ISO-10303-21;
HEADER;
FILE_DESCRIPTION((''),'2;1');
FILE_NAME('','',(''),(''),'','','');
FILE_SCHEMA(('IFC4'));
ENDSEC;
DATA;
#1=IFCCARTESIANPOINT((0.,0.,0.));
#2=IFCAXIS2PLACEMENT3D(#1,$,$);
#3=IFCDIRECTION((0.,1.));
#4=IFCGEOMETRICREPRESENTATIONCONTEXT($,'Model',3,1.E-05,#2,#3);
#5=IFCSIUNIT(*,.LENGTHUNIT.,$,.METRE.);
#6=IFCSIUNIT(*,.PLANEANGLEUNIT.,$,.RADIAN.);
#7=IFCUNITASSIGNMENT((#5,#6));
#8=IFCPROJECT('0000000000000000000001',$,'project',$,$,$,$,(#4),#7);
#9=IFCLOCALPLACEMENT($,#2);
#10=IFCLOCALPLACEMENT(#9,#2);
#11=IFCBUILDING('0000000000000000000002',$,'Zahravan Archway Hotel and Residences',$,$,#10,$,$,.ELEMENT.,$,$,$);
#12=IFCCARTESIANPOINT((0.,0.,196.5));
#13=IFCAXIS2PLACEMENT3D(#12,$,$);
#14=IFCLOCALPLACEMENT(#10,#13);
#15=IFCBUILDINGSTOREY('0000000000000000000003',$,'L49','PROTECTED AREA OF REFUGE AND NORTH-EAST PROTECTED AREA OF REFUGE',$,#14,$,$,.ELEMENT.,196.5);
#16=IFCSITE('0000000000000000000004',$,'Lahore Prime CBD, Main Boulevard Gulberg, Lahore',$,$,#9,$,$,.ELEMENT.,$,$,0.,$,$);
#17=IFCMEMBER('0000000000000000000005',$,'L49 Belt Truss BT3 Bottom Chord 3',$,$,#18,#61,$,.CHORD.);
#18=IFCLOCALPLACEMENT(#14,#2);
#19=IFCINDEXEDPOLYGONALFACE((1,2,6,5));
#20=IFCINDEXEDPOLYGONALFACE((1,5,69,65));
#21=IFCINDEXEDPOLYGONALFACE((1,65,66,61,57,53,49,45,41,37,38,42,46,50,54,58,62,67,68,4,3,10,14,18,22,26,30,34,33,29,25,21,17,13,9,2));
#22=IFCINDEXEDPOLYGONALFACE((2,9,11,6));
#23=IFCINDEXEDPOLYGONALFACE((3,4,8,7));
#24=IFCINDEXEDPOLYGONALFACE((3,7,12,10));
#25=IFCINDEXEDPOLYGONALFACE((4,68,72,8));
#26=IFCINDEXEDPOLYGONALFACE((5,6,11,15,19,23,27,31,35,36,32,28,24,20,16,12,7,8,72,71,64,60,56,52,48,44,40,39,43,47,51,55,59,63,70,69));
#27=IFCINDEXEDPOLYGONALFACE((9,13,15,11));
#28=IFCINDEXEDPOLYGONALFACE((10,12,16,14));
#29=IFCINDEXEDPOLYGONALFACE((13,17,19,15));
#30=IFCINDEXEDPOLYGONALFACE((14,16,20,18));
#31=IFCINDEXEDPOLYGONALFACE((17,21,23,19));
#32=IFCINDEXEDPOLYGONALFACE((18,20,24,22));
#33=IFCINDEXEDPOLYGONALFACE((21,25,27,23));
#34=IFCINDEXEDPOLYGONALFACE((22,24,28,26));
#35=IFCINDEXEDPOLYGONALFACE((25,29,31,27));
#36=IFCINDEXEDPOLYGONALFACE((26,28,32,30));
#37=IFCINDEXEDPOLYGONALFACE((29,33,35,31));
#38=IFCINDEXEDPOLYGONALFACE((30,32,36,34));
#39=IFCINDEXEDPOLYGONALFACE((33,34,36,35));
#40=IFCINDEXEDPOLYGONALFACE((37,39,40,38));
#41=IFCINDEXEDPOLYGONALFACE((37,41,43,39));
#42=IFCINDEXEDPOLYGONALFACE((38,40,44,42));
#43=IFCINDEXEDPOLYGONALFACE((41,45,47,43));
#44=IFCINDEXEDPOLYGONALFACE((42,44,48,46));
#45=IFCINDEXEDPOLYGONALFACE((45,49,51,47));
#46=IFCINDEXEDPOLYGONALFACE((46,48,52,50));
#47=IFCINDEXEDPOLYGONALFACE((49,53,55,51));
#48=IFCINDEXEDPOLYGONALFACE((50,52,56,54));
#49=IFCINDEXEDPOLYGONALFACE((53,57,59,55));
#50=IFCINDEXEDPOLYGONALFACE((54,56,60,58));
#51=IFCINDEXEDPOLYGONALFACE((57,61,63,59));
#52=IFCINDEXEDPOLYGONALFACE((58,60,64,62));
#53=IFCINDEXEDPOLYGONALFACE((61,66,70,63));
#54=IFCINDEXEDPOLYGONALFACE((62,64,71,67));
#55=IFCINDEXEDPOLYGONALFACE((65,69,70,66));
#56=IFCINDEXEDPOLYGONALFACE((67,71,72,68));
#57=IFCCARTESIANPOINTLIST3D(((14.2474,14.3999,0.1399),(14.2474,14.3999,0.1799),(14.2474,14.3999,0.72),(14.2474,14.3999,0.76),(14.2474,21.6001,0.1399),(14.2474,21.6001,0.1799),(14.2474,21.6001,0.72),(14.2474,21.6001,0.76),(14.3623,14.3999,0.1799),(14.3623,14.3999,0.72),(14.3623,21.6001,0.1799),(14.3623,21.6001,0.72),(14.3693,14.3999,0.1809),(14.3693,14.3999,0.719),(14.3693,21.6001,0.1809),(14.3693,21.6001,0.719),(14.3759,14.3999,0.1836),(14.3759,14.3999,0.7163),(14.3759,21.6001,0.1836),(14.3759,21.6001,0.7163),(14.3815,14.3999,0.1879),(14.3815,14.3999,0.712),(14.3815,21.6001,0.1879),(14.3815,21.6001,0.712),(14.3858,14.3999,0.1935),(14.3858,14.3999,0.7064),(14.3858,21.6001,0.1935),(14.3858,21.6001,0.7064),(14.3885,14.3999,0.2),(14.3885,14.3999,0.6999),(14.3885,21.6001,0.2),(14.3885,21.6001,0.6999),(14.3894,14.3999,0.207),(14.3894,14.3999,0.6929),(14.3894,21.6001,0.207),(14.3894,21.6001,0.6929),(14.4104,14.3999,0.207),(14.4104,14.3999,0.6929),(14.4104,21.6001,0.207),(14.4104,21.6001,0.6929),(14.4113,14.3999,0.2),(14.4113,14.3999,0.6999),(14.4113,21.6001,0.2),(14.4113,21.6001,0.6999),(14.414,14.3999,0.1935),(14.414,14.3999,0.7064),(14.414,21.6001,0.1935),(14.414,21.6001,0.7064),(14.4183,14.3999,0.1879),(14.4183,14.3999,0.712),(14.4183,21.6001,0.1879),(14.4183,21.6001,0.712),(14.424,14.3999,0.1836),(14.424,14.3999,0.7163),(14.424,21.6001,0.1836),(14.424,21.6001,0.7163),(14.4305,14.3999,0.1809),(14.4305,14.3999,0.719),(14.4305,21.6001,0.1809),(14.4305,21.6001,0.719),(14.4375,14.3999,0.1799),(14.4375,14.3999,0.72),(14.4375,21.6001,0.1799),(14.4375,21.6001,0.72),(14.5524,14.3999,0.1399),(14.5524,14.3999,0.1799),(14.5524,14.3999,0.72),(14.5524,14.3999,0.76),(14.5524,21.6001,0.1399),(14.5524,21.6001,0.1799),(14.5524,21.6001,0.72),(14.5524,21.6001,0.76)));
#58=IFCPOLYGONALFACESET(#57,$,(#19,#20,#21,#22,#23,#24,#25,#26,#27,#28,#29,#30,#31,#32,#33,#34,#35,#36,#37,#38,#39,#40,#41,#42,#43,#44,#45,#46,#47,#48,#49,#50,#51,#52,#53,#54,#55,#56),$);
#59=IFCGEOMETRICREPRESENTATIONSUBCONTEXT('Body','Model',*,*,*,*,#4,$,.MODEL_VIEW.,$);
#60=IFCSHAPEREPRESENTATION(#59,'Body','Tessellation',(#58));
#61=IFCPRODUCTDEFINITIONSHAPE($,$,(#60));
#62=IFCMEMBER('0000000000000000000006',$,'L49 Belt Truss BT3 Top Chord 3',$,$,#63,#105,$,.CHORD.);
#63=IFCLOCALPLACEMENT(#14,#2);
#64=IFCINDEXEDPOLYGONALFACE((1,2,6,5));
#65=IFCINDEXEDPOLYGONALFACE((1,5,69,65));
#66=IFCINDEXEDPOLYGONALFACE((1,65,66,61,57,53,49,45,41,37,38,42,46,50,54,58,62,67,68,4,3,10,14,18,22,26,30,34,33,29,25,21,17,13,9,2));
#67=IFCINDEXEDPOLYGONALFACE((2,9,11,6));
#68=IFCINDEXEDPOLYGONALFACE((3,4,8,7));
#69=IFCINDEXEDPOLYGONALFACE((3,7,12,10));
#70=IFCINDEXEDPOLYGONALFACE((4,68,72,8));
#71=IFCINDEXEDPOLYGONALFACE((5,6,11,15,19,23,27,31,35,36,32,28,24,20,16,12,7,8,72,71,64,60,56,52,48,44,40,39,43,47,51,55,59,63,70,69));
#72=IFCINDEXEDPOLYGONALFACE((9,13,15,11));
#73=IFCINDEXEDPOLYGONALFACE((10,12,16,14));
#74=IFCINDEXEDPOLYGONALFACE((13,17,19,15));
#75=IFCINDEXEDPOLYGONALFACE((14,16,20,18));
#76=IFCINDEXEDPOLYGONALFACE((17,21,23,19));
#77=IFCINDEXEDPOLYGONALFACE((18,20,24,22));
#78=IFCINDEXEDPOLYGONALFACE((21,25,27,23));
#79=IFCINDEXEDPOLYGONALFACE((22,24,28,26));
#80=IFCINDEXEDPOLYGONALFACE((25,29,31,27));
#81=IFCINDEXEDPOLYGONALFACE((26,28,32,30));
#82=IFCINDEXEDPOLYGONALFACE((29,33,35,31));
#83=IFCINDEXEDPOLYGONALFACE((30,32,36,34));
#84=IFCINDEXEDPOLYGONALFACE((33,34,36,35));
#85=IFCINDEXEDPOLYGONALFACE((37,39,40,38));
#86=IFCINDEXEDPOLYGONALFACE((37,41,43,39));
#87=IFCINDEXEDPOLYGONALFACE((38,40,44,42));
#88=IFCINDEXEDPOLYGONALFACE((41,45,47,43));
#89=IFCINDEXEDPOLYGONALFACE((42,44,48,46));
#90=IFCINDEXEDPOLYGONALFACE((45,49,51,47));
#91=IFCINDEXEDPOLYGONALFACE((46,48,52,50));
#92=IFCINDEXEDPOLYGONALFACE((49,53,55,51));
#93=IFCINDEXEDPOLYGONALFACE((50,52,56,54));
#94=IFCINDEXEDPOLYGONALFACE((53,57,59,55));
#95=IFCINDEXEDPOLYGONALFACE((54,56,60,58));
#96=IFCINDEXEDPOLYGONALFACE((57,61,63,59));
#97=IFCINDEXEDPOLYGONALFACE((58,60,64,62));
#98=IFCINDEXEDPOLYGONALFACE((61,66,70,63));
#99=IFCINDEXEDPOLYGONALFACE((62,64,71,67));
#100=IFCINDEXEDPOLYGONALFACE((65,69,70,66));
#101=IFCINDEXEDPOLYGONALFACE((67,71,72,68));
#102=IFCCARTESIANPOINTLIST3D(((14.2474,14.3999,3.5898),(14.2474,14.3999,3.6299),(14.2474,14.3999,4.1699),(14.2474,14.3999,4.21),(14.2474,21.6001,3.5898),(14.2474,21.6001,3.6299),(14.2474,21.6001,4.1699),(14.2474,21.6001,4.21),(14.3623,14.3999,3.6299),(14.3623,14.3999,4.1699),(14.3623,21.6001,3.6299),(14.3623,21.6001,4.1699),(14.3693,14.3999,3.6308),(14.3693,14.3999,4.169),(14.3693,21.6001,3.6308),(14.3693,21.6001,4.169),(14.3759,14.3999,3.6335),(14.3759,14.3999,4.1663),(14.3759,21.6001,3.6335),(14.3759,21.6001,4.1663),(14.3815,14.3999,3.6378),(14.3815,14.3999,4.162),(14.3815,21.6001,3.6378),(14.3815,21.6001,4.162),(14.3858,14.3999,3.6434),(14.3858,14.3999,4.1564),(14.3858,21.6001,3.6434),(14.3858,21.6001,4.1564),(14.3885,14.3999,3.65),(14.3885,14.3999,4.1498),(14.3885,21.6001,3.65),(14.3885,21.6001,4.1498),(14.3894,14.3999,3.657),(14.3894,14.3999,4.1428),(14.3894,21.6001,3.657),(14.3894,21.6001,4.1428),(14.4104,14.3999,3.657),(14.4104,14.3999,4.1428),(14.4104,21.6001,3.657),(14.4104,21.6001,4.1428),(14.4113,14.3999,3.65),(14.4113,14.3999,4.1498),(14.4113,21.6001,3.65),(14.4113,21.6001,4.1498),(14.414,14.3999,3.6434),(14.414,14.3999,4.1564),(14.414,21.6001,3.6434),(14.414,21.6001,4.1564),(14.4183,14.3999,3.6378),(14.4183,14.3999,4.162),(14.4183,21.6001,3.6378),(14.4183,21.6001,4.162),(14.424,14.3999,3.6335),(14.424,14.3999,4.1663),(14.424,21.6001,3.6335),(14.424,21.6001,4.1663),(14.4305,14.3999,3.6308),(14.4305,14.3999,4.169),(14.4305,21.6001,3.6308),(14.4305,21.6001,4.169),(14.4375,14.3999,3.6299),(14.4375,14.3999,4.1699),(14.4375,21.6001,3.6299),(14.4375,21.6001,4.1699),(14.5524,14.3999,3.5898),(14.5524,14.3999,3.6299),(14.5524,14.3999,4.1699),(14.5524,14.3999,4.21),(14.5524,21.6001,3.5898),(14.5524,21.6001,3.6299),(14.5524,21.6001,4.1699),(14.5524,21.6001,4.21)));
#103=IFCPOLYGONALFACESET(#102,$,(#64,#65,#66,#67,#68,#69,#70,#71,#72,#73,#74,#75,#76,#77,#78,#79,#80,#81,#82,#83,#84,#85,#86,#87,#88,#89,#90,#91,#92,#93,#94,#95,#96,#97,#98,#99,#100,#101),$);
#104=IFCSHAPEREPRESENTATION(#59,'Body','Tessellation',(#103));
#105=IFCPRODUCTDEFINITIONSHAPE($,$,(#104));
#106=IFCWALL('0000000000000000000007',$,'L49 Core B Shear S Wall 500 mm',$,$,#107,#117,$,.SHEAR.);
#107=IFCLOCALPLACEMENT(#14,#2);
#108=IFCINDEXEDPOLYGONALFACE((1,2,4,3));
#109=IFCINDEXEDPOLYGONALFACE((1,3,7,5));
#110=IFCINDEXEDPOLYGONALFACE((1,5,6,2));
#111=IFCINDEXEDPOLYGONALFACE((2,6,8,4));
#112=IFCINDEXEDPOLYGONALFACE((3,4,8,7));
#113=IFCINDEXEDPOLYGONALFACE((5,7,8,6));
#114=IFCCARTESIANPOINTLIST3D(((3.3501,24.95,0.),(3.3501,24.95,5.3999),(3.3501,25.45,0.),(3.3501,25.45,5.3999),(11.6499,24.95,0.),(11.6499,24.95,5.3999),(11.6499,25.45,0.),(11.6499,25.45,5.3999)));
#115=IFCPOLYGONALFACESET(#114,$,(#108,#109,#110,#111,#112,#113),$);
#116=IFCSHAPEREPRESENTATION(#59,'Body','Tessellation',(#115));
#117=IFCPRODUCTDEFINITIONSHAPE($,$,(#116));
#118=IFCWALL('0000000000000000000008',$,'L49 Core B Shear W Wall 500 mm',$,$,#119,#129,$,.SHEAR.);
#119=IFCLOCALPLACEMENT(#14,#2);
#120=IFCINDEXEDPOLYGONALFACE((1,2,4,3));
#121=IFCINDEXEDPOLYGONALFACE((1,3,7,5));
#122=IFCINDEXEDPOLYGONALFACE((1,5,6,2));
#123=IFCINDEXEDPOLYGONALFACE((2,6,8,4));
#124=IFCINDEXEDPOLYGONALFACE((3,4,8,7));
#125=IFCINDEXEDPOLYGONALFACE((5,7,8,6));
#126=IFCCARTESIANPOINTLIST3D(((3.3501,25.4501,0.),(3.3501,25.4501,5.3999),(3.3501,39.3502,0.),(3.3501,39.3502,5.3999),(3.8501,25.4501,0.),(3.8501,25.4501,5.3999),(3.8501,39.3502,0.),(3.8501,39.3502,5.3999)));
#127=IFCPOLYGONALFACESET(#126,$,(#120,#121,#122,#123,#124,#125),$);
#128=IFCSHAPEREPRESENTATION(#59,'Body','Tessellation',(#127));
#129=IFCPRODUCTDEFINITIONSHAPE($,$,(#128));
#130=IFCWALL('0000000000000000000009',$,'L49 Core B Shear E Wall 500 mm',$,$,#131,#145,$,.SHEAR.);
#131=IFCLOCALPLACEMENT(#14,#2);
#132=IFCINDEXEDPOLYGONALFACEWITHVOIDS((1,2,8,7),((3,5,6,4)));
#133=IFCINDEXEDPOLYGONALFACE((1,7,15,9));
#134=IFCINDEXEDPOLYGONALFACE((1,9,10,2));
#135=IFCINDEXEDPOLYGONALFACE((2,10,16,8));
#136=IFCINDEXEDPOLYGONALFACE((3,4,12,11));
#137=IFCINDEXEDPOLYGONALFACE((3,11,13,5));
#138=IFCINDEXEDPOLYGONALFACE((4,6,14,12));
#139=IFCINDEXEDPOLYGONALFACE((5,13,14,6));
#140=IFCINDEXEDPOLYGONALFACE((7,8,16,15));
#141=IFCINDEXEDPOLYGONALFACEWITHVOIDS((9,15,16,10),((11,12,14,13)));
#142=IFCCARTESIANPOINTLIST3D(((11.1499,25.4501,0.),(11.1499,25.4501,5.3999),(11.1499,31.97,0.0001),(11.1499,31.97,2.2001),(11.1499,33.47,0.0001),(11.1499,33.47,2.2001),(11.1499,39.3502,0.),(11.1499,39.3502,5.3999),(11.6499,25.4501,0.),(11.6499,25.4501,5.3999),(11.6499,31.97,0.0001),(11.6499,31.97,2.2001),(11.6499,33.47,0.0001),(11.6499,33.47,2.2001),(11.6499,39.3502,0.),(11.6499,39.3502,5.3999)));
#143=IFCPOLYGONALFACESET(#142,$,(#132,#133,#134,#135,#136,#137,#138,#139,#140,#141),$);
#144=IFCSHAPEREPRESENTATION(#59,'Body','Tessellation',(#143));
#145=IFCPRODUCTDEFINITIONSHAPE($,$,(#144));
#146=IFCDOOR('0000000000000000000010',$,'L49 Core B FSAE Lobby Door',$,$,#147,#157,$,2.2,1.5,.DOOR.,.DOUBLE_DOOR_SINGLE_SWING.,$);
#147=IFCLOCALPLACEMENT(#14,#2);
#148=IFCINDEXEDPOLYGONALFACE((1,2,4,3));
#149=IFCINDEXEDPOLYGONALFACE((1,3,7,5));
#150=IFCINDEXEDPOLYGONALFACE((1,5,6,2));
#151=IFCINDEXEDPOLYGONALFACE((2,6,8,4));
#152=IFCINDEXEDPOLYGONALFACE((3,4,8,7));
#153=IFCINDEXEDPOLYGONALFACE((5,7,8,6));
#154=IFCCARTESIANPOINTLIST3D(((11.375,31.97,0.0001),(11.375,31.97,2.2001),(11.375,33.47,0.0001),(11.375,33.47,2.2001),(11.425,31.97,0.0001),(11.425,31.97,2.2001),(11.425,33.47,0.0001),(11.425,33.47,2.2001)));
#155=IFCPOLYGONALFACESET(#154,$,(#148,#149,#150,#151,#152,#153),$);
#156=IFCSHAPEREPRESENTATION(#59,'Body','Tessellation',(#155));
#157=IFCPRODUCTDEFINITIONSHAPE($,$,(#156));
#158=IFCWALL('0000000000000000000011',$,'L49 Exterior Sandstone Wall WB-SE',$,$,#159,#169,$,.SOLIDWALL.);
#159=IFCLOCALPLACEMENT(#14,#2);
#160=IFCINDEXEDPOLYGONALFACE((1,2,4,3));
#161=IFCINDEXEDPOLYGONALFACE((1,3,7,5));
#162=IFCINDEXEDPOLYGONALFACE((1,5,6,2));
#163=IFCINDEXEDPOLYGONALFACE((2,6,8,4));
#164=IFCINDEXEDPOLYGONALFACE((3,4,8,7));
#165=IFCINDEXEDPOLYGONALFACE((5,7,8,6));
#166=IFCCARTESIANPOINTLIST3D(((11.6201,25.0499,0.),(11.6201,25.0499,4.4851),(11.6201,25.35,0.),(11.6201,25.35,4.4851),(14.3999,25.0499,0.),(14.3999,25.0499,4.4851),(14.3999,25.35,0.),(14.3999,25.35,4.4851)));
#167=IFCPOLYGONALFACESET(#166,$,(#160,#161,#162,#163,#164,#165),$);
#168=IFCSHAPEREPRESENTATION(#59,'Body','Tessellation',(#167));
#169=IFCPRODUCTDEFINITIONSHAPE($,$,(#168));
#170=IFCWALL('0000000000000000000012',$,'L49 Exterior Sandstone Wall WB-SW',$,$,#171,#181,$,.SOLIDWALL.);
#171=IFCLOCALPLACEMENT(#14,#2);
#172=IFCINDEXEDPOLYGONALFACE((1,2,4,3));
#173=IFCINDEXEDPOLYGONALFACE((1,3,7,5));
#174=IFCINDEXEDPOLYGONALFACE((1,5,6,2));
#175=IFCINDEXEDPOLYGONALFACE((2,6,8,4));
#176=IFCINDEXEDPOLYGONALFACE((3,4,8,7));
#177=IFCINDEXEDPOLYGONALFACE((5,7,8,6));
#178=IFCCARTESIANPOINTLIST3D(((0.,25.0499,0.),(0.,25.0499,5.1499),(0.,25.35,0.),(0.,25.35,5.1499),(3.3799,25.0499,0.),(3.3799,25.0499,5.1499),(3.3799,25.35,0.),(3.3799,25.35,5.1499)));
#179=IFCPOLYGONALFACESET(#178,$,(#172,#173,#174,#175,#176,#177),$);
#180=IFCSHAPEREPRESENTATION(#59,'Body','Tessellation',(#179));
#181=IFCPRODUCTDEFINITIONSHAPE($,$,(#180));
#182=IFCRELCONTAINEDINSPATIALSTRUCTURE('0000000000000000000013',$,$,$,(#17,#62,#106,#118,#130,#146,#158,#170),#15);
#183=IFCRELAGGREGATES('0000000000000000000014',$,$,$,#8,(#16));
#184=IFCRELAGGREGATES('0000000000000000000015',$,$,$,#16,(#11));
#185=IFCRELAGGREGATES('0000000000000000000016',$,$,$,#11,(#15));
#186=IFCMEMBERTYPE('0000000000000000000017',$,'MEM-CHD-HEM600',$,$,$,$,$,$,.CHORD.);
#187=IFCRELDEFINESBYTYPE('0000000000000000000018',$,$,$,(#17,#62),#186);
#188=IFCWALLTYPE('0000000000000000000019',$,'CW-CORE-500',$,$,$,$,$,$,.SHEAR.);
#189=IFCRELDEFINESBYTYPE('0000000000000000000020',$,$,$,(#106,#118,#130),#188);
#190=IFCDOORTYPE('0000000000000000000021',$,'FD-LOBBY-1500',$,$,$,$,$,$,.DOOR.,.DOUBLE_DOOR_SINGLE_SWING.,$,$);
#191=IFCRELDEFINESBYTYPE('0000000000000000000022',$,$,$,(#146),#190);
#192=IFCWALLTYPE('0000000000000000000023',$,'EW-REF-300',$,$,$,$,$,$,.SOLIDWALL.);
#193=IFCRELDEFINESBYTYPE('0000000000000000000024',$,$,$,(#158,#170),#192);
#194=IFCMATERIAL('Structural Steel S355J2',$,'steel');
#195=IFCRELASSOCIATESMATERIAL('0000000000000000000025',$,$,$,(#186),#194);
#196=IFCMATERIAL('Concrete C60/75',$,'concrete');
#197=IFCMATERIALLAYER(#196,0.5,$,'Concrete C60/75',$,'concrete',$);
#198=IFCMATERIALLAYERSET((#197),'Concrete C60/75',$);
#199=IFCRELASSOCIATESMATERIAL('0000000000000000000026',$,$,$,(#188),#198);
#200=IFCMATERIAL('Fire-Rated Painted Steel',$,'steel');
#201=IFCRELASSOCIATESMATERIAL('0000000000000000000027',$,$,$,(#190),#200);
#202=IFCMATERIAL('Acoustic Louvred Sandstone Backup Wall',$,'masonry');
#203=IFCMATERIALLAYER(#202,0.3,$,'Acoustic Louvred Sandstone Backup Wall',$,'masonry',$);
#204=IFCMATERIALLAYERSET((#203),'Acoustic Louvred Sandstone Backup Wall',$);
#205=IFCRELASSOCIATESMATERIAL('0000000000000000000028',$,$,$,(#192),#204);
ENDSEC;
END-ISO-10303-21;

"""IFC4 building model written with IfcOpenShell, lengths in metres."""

from ifc_helpers import new_model, si_unit, direction, frame, frame_2d, origin, origin_2d, place, context, subcontext, project, spatial, rectangle, i_section, extrude, source, transform, mapped, material, layer, layer_set, material_profile, profile_set, type_object, type_shapes, element, fill, save


model = new_model("IFC4")

# Units and contexts
model_context = context("Model", 3, precision=1e-05, world=origin(), true_north=direction((0.0, 1.0)))
body_context = subcontext(model_context, "Body", "Model", "MODEL_VIEW")
ifc_project = project(units=[si_unit("LENGTHUNIT", "METRE"), si_unit("PLANEANGLEUNIT", "RADIAN")], contexts=[model_context])

# Site, building, storey
site_placement = place(None, origin())
site = spatial("IfcSite", under=ifc_project, at=site_placement, Name="Lahore Prime CBD, Main Boulevard Gulberg, Lahore", CompositionType="ELEMENT", RefElevation=0.0)
building_placement = place(site_placement, origin())
building = spatial("IfcBuilding", under=site, at=building_placement, Name="Zahravan Archway Hotel and Residences", CompositionType="ELEMENT")
storey_placement = place(building_placement, frame((0.0, 0.0, 196.5)))
storey = spatial("IfcBuildingStorey", under=building, at=storey_placement, Name="L49", Description="PROTECTED AREA OF REFUGE AND NORTH-EAST PROTECTED AREA OF REFUGE", CompositionType="ELEMENT", Elevation=196.5)

# Shared definitions
ifc_material_1 = material(Name="Concrete C60/75", Category="concrete")

# Members
ifc_material_2 = material(Name="Structural Steel S355J2", Category="steel")
ifc_material_profile_1 = material_profile(ifc_material_2, i_section(OverallWidth=0.3049, OverallDepth=0.6201, WebThickness=0.021, FlangeThickness=0.04, FilletRadius=0.0271, at=origin_2d()), Name="HEM 600", Category="steel")
ifc_profile_set_1 = profile_set([ifc_material_profile_1], Name="Structural Steel S355J2")
member_type = type_object("IfcMemberType", Name="MEM-CHD-HEM600", PredefinedType="CHORD", material=ifc_profile_set_1)
shared_shape_1 = source(origin(), body_context, "Body", "SweptSolid", [
    extrude(i_section(OverallWidth=0.3049, OverallDepth=0.6201, WebThickness=0.021, FlangeThickness=0.04, FilletRadius=0.0271, at=origin_2d()), origin(), (0.0, 0.0, 1.0), 7.2002),
])
for number, where, z_axis, x_axis, name in (
    (1, (14.3999, 14.3999, 0.45), (0.0, 1.0, 0.0), (-1.0, 0.0, 0.0), "L49 Belt Truss BT3 Bottom Chord 3"),
    (2, (14.3999, 14.3999, 3.8999), (0.0, 1.0, 0.0), (-1.0, 0.0, 0.0), "L49 Belt Truss BT3 Top Chord 3"),
):
    element("IfcMember", number, at=place(storey_placement, frame(where, z_axis=z_axis, x_axis=x_axis)), inside=storey, type_object=member_type, Name=name, PredefinedType="CHORD", context=body_context, shape_type="MappedRepresentation", body=[
        mapped(shared_shape_1, transform((0.0, 0.0, 0.0), scale=1.0)),
    ])

# Walls
ifc_layer_1 = layer(ifc_material_1, 0.5, Name="Concrete C60/75", Category="concrete")
ifc_layer_set_1 = layer_set([ifc_layer_1], Name="Concrete C60/75")
wall_type_1 = type_object("IfcWallType", Name="CW-CORE-500", PredefinedType="SHEAR", material=ifc_layer_set_1)
wall_1_placement = place(storey_placement, frame((3.3501, 25.2, 0.0), z_axis=(0.0, 0.0, 1.0), x_axis=(1.0, 0.0, 0.0)))
element("IfcWall", 3, at=wall_1_placement, inside=storey, type_object=wall_type_1, Name="L49 Core B Shear S Wall 500 mm", PredefinedType="SHEAR", context=body_context, shape_type="SweptSolid", body=[
    extrude(rectangle(XDim=8.2998, YDim=0.5, at=frame_2d((4.1499, 0.0))), origin(), (0.0, 0.0, 1.0), 5.3999),
])
wall_2_placement = place(storey_placement, frame((3.6001, 25.45, 0.0), z_axis=(0.0, 0.0, 1.0), x_axis=(0.0, 1.0, 0.0)))
element("IfcWall", 4, at=wall_2_placement, inside=storey, type_object=wall_type_1, Name="L49 Core B Shear W Wall 500 mm", PredefinedType="SHEAR", context=body_context, shape_type="SweptSolid", body=[
    extrude(rectangle(XDim=13.9001, YDim=0.5, at=frame_2d((6.9502, 0.0))), origin(), (0.0, 0.0, 1.0), 5.3999),
])

# Wall, opening, door
wall_3_placement = place(storey_placement, frame((11.3999, 25.45, 0.0), z_axis=(0.0, 0.0, 1.0), x_axis=(0.0, 1.0, 0.0)))
wall_3 = element("IfcWall", 5, at=wall_3_placement, inside=storey, type_object=wall_type_1, Name="L49 Core B Shear E Wall 500 mm", PredefinedType="SHEAR", context=body_context, shape_type="SweptSolid", body=[
    extrude(rectangle(XDim=13.9001, YDim=0.5, at=frame_2d((6.9502, 0.0))), origin(), (0.0, 0.0, 1.0), 5.3999),
])
opening_placement = place(wall_3_placement, frame((6.52, 0.0, 0.0)))
opening = element("IfcOpeningElement", 6, at=opening_placement, cuts=wall_3, PredefinedType="OPENING", context=body_context, shape_type="SweptSolid", body=[
    extrude(rectangle(XDim=1.5, YDim=2.2, at=frame_2d((0.75, 1.1001))), frame((0.0, 0.26, 0.0), z_axis=(0.0, -1.0, 0.0), x_axis=(1.0, 0.0, 0.0)), (0.0, 0.0, 1.0), 0.52),
])
ifc_material_3 = material(Name="Fire-Rated Painted Steel", Category="steel")
door_type = type_object("IfcDoorType", Name="FD-LOBBY-1500", OperationType="DOUBLE_DOOR_SINGLE_SWING", PredefinedType="DOOR", material=ifc_material_3)
shared_shape_2 = source(origin(), body_context, "Body", "SweptSolid", [
    extrude(rectangle(XDim=1.5, YDim=2.2, at=frame_2d((0.75, 1.1001))), frame((0.0, 0.0249, 0.0), z_axis=(0.0, -1.0, 0.0), x_axis=(1.0, 0.0, 0.0)), (0.0, 0.0, 1.0), 0.05),
])
type_shapes(door_type, [shared_shape_2])
door_placement = place(opening_placement, origin())
door = element("IfcDoor", 7, at=door_placement, inside=storey, type_object=door_type, Name="L49 Core B FSAE Lobby Door", OperationType="DOUBLE_DOOR_SINGLE_SWING", OverallHeight=2.2, OverallWidth=1.5, PredefinedType="DOOR", context=body_context, shape_type="MappedRepresentation", body=[
    mapped(shared_shape_2, transform((0.0, 0.0, 0.0), scale=1.0)),
])
fill(opening, door)

# Walls
ifc_material_4 = material(Name="Acoustic Louvred Sandstone Backup Wall", Category="masonry")
ifc_layer_2 = layer(ifc_material_4, 0.3, Name="Acoustic Louvred Sandstone Backup Wall", Category="masonry")
ifc_layer_set_2 = layer_set([ifc_layer_2], Name="Acoustic Louvred Sandstone Backup Wall")
wall_type_2 = type_object("IfcWallType", Name="EW-REF-300", PredefinedType="SOLIDWALL", material=ifc_layer_set_2)
wall_4_placement = place(storey_placement, frame((11.6201, 25.2, 0.0), z_axis=(0.0, 0.0, 1.0), x_axis=(1.0, 0.0, 0.0)))
element("IfcWall", 8, at=wall_4_placement, inside=storey, type_object=wall_type_2, Name="L49 Exterior Sandstone Wall WB-SE", PredefinedType="SOLIDWALL", context=body_context, shape_type="SweptSolid", body=[
    extrude(rectangle(XDim=2.7798, YDim=0.3, at=frame_2d((1.3899, 0.0))), origin(), (0.0, 0.0, 1.0), 4.4851),
])
wall_5_placement = place(storey_placement, frame((0.0, 25.2, 0.0), z_axis=(0.0, 0.0, 1.0), x_axis=(1.0, 0.0, 0.0)))
element("IfcWall", 9, at=wall_5_placement, inside=storey, type_object=wall_type_2, Name="L49 Exterior Sandstone Wall WB-SW", PredefinedType="SOLIDWALL", context=body_context, shape_type="SweptSolid", body=[
    extrude(rectangle(XDim=3.3799, YDim=0.3, at=frame_2d((1.6899, 0.0))), origin(), (0.0, 0.0, 1.0), 5.1499),
])

save(model, "model.ifc")
